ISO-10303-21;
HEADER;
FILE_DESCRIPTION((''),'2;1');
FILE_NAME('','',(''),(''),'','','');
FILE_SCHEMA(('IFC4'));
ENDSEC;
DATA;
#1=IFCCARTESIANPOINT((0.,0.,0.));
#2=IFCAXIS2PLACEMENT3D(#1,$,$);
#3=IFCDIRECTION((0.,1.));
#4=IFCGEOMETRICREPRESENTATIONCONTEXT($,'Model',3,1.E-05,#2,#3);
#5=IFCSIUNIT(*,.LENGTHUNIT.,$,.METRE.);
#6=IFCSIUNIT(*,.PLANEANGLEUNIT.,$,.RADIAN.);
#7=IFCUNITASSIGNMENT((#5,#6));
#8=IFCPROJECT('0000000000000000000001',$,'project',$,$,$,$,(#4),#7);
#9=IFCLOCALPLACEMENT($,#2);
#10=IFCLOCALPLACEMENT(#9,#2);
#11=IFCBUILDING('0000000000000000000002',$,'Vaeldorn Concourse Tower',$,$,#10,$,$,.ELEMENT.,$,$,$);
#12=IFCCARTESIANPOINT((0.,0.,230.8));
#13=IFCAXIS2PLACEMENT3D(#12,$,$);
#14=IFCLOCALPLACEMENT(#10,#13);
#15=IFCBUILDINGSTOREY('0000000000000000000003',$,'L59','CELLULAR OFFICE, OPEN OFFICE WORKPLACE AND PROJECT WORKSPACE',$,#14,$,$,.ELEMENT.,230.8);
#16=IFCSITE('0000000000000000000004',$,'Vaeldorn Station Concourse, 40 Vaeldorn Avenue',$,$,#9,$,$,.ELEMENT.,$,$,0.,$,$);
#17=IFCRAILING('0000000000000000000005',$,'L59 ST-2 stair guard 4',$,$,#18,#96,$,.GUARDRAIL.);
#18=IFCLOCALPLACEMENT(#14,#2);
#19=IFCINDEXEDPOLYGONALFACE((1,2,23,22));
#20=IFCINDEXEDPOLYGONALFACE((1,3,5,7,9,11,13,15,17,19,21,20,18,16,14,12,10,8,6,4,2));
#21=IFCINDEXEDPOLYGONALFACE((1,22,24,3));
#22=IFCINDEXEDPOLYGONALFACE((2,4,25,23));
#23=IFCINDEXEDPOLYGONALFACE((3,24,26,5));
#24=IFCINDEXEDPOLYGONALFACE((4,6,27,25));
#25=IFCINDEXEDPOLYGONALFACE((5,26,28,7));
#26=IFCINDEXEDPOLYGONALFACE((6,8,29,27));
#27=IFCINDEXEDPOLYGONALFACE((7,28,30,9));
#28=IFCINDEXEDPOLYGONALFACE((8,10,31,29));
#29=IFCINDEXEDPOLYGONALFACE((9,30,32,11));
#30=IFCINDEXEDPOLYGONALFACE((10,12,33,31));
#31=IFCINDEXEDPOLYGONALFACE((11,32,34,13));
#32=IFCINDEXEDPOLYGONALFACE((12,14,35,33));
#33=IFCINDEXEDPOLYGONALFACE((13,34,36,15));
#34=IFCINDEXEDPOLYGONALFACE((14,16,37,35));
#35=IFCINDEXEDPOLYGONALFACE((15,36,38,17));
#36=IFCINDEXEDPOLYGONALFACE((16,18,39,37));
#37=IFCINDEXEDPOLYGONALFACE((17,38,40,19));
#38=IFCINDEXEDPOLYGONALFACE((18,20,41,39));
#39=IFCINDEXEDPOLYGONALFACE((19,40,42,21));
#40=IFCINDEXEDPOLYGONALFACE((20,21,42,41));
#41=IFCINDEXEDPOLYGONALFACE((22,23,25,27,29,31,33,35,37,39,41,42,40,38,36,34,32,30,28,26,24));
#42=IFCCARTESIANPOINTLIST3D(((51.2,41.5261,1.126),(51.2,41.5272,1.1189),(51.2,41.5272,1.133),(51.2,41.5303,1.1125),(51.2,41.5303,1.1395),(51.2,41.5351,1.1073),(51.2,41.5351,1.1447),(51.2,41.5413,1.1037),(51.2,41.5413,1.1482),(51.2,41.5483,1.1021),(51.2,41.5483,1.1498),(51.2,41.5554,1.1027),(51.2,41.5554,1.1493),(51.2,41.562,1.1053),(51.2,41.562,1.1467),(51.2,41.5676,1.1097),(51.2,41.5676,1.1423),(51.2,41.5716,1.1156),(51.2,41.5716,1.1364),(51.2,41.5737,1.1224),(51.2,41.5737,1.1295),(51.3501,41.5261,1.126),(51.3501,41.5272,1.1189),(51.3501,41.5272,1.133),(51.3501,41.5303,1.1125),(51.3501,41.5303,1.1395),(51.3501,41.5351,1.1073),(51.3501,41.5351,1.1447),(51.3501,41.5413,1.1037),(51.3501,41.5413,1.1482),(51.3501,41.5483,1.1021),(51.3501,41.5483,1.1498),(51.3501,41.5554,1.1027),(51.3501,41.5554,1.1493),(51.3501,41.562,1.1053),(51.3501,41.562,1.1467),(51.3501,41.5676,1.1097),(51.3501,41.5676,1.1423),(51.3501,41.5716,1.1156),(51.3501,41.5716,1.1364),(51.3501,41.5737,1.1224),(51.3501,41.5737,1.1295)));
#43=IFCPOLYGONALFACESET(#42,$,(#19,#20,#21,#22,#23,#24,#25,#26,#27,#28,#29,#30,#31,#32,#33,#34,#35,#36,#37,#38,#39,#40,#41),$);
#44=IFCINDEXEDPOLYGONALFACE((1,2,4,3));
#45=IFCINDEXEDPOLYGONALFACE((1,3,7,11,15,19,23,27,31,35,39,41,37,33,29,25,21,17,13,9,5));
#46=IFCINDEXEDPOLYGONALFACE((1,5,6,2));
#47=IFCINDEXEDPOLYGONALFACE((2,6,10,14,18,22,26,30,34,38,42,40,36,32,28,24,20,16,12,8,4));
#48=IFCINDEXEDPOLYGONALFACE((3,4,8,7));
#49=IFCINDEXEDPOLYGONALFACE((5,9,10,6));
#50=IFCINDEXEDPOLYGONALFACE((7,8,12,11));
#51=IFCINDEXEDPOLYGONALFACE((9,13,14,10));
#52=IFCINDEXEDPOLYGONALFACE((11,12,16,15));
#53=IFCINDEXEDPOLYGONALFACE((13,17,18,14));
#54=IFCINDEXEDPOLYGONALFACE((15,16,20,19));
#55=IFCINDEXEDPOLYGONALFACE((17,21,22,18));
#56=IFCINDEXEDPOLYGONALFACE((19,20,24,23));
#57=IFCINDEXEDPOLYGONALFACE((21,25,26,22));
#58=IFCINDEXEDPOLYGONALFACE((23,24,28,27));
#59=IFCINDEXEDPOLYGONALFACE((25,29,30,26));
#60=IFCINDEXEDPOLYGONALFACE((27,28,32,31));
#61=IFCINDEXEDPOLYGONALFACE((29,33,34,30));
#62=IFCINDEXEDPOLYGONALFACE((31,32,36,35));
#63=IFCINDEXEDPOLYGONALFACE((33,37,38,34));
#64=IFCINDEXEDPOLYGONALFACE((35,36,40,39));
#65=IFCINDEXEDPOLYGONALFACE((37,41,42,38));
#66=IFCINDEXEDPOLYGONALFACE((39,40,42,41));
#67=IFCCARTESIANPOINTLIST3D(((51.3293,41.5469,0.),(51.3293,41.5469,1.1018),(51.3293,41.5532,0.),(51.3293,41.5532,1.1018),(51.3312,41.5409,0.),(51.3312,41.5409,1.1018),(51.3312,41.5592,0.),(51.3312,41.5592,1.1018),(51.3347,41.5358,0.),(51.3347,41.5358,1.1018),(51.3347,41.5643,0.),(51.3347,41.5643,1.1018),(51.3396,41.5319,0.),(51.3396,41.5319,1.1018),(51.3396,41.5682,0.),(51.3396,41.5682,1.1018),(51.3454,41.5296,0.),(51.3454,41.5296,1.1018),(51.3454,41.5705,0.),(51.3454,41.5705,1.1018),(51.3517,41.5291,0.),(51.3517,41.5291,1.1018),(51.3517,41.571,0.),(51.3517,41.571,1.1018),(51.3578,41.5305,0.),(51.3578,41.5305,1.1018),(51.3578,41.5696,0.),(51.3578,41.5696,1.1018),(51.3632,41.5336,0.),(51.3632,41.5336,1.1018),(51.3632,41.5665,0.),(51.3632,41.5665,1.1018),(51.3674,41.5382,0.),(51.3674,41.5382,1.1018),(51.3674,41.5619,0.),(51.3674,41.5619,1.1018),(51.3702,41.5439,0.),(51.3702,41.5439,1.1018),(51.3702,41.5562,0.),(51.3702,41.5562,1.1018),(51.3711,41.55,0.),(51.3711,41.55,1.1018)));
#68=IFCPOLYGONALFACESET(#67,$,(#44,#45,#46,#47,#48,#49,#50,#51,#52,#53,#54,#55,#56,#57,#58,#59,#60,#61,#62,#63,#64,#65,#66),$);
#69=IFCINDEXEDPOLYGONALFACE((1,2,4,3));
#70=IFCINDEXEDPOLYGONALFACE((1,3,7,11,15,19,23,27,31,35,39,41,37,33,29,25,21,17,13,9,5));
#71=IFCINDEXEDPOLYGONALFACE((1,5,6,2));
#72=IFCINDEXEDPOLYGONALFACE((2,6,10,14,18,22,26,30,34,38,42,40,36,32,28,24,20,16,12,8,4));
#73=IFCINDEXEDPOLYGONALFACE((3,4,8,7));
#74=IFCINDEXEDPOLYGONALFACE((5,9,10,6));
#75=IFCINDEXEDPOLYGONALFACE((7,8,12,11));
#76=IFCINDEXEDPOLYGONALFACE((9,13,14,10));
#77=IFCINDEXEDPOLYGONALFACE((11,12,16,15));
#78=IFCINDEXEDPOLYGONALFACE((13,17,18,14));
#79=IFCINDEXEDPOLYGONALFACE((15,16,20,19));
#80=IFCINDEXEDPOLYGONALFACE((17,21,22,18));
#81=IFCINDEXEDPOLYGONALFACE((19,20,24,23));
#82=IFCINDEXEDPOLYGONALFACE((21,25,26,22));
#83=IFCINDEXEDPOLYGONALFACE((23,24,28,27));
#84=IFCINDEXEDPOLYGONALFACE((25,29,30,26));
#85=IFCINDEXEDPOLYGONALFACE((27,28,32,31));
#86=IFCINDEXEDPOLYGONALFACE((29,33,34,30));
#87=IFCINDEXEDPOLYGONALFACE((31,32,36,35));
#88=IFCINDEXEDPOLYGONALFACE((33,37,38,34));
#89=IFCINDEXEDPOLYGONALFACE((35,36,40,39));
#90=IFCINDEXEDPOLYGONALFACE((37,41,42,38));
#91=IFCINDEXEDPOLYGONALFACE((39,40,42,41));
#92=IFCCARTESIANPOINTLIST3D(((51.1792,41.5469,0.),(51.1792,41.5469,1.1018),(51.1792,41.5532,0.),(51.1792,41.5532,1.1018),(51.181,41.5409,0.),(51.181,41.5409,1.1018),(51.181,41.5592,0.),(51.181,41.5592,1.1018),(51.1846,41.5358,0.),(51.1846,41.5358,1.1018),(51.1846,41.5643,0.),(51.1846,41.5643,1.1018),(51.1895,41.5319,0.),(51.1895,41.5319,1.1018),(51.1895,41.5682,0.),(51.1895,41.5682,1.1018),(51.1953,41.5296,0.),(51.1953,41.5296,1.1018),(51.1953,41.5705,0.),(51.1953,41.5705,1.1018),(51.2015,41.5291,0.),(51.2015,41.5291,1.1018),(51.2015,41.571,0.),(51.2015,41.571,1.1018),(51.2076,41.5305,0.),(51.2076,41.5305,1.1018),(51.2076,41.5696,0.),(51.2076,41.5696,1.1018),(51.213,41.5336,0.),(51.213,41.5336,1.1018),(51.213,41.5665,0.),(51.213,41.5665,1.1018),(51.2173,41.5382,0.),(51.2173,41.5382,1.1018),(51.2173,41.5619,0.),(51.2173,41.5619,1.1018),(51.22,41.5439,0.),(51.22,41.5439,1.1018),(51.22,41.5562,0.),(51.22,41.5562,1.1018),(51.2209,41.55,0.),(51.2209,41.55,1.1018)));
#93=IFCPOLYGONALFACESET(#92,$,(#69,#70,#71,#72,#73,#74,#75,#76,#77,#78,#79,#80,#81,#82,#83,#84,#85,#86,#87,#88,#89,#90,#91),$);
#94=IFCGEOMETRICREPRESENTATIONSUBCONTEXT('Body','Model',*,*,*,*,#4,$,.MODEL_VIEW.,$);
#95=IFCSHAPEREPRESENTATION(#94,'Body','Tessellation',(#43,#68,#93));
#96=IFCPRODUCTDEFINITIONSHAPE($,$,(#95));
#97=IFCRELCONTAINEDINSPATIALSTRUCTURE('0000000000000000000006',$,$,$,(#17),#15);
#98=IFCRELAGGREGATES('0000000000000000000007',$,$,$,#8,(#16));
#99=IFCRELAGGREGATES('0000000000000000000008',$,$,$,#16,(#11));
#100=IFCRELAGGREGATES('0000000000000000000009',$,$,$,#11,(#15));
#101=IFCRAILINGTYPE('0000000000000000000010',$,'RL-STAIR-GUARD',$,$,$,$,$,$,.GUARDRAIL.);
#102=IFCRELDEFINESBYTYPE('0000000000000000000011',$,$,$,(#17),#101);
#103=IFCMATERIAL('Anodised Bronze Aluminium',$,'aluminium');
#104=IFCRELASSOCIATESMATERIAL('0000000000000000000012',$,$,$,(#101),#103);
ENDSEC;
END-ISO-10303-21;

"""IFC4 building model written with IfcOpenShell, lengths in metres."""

from ifc_helpers import new_model, si_unit, direction, frame, origin, origin_2d, place, context, subcontext, project, spatial, circle, extrude, material, type_object, element, save


model = new_model("IFC4")

# Units and contexts
model_context = context("Model", 3, precision=1e-05, world=origin(), true_north=direction((0.0, 1.0)))
body_context = subcontext(model_context, "Body", "Model", "MODEL_VIEW")
ifc_project = project(units=[si_unit("LENGTHUNIT", "METRE"), si_unit("PLANEANGLEUNIT", "RADIAN")], contexts=[model_context])

# Site, building, storey
site_placement = place(None, origin())
site = spatial("IfcSite", under=ifc_project, at=site_placement, Name="Vaeldorn Station Concourse, 40 Vaeldorn Avenue", CompositionType="ELEMENT", RefElevation=0.0)
building_placement = place(site_placement, origin())
building = spatial("IfcBuilding", under=site, at=building_placement, Name="Vaeldorn Concourse Tower", CompositionType="ELEMENT")
storey_placement = place(building_placement, frame((0.0, 0.0, 230.8)))
storey = spatial("IfcBuildingStorey", under=building, at=storey_placement, Name="L59", Description="CELLULAR OFFICE, OPEN OFFICE WORKPLACE AND PROJECT WORKSPACE", CompositionType="ELEMENT", Elevation=230.8)

# Shared definitions
ifc_material_1 = material(Name="Anodised Bronze Aluminium", Category="aluminium")

# Railing
railing_type_1 = type_object("IfcRailingType", Name="RL-STAIR-GUARD", PredefinedType="GUARDRAIL", material=ifc_material_1)
railing_1_placement = place(storey_placement, frame((51.3501, 41.55, 0.0)))
element("IfcRailing", 1, at=railing_1_placement, inside=storey, type_object=railing_type_1, Name="L59 ST-2 stair guard 4", PredefinedType="GUARDRAIL", context=body_context, shape_type="SweptSolid", body=[
    extrude(circle(Radius=0.0239, at=origin_2d()), frame((0.0, 0.0, 1.126), z_axis=(-1.0, 0.0, 0.0), x_axis=(0.0, -1.0, 0.0)), (0.0, 0.0, 1.0), 0.1501),
    extrude(circle(Radius=0.021, at=origin_2d()), origin(), (0.0, 0.0, 1.0), 1.1018),
    extrude(circle(Radius=0.021, at=origin_2d()), frame((-0.1501, 0.0, 0.0)), (0.0, 0.0, 1.0), 1.1018),
])

save(model, "model.ifc")
